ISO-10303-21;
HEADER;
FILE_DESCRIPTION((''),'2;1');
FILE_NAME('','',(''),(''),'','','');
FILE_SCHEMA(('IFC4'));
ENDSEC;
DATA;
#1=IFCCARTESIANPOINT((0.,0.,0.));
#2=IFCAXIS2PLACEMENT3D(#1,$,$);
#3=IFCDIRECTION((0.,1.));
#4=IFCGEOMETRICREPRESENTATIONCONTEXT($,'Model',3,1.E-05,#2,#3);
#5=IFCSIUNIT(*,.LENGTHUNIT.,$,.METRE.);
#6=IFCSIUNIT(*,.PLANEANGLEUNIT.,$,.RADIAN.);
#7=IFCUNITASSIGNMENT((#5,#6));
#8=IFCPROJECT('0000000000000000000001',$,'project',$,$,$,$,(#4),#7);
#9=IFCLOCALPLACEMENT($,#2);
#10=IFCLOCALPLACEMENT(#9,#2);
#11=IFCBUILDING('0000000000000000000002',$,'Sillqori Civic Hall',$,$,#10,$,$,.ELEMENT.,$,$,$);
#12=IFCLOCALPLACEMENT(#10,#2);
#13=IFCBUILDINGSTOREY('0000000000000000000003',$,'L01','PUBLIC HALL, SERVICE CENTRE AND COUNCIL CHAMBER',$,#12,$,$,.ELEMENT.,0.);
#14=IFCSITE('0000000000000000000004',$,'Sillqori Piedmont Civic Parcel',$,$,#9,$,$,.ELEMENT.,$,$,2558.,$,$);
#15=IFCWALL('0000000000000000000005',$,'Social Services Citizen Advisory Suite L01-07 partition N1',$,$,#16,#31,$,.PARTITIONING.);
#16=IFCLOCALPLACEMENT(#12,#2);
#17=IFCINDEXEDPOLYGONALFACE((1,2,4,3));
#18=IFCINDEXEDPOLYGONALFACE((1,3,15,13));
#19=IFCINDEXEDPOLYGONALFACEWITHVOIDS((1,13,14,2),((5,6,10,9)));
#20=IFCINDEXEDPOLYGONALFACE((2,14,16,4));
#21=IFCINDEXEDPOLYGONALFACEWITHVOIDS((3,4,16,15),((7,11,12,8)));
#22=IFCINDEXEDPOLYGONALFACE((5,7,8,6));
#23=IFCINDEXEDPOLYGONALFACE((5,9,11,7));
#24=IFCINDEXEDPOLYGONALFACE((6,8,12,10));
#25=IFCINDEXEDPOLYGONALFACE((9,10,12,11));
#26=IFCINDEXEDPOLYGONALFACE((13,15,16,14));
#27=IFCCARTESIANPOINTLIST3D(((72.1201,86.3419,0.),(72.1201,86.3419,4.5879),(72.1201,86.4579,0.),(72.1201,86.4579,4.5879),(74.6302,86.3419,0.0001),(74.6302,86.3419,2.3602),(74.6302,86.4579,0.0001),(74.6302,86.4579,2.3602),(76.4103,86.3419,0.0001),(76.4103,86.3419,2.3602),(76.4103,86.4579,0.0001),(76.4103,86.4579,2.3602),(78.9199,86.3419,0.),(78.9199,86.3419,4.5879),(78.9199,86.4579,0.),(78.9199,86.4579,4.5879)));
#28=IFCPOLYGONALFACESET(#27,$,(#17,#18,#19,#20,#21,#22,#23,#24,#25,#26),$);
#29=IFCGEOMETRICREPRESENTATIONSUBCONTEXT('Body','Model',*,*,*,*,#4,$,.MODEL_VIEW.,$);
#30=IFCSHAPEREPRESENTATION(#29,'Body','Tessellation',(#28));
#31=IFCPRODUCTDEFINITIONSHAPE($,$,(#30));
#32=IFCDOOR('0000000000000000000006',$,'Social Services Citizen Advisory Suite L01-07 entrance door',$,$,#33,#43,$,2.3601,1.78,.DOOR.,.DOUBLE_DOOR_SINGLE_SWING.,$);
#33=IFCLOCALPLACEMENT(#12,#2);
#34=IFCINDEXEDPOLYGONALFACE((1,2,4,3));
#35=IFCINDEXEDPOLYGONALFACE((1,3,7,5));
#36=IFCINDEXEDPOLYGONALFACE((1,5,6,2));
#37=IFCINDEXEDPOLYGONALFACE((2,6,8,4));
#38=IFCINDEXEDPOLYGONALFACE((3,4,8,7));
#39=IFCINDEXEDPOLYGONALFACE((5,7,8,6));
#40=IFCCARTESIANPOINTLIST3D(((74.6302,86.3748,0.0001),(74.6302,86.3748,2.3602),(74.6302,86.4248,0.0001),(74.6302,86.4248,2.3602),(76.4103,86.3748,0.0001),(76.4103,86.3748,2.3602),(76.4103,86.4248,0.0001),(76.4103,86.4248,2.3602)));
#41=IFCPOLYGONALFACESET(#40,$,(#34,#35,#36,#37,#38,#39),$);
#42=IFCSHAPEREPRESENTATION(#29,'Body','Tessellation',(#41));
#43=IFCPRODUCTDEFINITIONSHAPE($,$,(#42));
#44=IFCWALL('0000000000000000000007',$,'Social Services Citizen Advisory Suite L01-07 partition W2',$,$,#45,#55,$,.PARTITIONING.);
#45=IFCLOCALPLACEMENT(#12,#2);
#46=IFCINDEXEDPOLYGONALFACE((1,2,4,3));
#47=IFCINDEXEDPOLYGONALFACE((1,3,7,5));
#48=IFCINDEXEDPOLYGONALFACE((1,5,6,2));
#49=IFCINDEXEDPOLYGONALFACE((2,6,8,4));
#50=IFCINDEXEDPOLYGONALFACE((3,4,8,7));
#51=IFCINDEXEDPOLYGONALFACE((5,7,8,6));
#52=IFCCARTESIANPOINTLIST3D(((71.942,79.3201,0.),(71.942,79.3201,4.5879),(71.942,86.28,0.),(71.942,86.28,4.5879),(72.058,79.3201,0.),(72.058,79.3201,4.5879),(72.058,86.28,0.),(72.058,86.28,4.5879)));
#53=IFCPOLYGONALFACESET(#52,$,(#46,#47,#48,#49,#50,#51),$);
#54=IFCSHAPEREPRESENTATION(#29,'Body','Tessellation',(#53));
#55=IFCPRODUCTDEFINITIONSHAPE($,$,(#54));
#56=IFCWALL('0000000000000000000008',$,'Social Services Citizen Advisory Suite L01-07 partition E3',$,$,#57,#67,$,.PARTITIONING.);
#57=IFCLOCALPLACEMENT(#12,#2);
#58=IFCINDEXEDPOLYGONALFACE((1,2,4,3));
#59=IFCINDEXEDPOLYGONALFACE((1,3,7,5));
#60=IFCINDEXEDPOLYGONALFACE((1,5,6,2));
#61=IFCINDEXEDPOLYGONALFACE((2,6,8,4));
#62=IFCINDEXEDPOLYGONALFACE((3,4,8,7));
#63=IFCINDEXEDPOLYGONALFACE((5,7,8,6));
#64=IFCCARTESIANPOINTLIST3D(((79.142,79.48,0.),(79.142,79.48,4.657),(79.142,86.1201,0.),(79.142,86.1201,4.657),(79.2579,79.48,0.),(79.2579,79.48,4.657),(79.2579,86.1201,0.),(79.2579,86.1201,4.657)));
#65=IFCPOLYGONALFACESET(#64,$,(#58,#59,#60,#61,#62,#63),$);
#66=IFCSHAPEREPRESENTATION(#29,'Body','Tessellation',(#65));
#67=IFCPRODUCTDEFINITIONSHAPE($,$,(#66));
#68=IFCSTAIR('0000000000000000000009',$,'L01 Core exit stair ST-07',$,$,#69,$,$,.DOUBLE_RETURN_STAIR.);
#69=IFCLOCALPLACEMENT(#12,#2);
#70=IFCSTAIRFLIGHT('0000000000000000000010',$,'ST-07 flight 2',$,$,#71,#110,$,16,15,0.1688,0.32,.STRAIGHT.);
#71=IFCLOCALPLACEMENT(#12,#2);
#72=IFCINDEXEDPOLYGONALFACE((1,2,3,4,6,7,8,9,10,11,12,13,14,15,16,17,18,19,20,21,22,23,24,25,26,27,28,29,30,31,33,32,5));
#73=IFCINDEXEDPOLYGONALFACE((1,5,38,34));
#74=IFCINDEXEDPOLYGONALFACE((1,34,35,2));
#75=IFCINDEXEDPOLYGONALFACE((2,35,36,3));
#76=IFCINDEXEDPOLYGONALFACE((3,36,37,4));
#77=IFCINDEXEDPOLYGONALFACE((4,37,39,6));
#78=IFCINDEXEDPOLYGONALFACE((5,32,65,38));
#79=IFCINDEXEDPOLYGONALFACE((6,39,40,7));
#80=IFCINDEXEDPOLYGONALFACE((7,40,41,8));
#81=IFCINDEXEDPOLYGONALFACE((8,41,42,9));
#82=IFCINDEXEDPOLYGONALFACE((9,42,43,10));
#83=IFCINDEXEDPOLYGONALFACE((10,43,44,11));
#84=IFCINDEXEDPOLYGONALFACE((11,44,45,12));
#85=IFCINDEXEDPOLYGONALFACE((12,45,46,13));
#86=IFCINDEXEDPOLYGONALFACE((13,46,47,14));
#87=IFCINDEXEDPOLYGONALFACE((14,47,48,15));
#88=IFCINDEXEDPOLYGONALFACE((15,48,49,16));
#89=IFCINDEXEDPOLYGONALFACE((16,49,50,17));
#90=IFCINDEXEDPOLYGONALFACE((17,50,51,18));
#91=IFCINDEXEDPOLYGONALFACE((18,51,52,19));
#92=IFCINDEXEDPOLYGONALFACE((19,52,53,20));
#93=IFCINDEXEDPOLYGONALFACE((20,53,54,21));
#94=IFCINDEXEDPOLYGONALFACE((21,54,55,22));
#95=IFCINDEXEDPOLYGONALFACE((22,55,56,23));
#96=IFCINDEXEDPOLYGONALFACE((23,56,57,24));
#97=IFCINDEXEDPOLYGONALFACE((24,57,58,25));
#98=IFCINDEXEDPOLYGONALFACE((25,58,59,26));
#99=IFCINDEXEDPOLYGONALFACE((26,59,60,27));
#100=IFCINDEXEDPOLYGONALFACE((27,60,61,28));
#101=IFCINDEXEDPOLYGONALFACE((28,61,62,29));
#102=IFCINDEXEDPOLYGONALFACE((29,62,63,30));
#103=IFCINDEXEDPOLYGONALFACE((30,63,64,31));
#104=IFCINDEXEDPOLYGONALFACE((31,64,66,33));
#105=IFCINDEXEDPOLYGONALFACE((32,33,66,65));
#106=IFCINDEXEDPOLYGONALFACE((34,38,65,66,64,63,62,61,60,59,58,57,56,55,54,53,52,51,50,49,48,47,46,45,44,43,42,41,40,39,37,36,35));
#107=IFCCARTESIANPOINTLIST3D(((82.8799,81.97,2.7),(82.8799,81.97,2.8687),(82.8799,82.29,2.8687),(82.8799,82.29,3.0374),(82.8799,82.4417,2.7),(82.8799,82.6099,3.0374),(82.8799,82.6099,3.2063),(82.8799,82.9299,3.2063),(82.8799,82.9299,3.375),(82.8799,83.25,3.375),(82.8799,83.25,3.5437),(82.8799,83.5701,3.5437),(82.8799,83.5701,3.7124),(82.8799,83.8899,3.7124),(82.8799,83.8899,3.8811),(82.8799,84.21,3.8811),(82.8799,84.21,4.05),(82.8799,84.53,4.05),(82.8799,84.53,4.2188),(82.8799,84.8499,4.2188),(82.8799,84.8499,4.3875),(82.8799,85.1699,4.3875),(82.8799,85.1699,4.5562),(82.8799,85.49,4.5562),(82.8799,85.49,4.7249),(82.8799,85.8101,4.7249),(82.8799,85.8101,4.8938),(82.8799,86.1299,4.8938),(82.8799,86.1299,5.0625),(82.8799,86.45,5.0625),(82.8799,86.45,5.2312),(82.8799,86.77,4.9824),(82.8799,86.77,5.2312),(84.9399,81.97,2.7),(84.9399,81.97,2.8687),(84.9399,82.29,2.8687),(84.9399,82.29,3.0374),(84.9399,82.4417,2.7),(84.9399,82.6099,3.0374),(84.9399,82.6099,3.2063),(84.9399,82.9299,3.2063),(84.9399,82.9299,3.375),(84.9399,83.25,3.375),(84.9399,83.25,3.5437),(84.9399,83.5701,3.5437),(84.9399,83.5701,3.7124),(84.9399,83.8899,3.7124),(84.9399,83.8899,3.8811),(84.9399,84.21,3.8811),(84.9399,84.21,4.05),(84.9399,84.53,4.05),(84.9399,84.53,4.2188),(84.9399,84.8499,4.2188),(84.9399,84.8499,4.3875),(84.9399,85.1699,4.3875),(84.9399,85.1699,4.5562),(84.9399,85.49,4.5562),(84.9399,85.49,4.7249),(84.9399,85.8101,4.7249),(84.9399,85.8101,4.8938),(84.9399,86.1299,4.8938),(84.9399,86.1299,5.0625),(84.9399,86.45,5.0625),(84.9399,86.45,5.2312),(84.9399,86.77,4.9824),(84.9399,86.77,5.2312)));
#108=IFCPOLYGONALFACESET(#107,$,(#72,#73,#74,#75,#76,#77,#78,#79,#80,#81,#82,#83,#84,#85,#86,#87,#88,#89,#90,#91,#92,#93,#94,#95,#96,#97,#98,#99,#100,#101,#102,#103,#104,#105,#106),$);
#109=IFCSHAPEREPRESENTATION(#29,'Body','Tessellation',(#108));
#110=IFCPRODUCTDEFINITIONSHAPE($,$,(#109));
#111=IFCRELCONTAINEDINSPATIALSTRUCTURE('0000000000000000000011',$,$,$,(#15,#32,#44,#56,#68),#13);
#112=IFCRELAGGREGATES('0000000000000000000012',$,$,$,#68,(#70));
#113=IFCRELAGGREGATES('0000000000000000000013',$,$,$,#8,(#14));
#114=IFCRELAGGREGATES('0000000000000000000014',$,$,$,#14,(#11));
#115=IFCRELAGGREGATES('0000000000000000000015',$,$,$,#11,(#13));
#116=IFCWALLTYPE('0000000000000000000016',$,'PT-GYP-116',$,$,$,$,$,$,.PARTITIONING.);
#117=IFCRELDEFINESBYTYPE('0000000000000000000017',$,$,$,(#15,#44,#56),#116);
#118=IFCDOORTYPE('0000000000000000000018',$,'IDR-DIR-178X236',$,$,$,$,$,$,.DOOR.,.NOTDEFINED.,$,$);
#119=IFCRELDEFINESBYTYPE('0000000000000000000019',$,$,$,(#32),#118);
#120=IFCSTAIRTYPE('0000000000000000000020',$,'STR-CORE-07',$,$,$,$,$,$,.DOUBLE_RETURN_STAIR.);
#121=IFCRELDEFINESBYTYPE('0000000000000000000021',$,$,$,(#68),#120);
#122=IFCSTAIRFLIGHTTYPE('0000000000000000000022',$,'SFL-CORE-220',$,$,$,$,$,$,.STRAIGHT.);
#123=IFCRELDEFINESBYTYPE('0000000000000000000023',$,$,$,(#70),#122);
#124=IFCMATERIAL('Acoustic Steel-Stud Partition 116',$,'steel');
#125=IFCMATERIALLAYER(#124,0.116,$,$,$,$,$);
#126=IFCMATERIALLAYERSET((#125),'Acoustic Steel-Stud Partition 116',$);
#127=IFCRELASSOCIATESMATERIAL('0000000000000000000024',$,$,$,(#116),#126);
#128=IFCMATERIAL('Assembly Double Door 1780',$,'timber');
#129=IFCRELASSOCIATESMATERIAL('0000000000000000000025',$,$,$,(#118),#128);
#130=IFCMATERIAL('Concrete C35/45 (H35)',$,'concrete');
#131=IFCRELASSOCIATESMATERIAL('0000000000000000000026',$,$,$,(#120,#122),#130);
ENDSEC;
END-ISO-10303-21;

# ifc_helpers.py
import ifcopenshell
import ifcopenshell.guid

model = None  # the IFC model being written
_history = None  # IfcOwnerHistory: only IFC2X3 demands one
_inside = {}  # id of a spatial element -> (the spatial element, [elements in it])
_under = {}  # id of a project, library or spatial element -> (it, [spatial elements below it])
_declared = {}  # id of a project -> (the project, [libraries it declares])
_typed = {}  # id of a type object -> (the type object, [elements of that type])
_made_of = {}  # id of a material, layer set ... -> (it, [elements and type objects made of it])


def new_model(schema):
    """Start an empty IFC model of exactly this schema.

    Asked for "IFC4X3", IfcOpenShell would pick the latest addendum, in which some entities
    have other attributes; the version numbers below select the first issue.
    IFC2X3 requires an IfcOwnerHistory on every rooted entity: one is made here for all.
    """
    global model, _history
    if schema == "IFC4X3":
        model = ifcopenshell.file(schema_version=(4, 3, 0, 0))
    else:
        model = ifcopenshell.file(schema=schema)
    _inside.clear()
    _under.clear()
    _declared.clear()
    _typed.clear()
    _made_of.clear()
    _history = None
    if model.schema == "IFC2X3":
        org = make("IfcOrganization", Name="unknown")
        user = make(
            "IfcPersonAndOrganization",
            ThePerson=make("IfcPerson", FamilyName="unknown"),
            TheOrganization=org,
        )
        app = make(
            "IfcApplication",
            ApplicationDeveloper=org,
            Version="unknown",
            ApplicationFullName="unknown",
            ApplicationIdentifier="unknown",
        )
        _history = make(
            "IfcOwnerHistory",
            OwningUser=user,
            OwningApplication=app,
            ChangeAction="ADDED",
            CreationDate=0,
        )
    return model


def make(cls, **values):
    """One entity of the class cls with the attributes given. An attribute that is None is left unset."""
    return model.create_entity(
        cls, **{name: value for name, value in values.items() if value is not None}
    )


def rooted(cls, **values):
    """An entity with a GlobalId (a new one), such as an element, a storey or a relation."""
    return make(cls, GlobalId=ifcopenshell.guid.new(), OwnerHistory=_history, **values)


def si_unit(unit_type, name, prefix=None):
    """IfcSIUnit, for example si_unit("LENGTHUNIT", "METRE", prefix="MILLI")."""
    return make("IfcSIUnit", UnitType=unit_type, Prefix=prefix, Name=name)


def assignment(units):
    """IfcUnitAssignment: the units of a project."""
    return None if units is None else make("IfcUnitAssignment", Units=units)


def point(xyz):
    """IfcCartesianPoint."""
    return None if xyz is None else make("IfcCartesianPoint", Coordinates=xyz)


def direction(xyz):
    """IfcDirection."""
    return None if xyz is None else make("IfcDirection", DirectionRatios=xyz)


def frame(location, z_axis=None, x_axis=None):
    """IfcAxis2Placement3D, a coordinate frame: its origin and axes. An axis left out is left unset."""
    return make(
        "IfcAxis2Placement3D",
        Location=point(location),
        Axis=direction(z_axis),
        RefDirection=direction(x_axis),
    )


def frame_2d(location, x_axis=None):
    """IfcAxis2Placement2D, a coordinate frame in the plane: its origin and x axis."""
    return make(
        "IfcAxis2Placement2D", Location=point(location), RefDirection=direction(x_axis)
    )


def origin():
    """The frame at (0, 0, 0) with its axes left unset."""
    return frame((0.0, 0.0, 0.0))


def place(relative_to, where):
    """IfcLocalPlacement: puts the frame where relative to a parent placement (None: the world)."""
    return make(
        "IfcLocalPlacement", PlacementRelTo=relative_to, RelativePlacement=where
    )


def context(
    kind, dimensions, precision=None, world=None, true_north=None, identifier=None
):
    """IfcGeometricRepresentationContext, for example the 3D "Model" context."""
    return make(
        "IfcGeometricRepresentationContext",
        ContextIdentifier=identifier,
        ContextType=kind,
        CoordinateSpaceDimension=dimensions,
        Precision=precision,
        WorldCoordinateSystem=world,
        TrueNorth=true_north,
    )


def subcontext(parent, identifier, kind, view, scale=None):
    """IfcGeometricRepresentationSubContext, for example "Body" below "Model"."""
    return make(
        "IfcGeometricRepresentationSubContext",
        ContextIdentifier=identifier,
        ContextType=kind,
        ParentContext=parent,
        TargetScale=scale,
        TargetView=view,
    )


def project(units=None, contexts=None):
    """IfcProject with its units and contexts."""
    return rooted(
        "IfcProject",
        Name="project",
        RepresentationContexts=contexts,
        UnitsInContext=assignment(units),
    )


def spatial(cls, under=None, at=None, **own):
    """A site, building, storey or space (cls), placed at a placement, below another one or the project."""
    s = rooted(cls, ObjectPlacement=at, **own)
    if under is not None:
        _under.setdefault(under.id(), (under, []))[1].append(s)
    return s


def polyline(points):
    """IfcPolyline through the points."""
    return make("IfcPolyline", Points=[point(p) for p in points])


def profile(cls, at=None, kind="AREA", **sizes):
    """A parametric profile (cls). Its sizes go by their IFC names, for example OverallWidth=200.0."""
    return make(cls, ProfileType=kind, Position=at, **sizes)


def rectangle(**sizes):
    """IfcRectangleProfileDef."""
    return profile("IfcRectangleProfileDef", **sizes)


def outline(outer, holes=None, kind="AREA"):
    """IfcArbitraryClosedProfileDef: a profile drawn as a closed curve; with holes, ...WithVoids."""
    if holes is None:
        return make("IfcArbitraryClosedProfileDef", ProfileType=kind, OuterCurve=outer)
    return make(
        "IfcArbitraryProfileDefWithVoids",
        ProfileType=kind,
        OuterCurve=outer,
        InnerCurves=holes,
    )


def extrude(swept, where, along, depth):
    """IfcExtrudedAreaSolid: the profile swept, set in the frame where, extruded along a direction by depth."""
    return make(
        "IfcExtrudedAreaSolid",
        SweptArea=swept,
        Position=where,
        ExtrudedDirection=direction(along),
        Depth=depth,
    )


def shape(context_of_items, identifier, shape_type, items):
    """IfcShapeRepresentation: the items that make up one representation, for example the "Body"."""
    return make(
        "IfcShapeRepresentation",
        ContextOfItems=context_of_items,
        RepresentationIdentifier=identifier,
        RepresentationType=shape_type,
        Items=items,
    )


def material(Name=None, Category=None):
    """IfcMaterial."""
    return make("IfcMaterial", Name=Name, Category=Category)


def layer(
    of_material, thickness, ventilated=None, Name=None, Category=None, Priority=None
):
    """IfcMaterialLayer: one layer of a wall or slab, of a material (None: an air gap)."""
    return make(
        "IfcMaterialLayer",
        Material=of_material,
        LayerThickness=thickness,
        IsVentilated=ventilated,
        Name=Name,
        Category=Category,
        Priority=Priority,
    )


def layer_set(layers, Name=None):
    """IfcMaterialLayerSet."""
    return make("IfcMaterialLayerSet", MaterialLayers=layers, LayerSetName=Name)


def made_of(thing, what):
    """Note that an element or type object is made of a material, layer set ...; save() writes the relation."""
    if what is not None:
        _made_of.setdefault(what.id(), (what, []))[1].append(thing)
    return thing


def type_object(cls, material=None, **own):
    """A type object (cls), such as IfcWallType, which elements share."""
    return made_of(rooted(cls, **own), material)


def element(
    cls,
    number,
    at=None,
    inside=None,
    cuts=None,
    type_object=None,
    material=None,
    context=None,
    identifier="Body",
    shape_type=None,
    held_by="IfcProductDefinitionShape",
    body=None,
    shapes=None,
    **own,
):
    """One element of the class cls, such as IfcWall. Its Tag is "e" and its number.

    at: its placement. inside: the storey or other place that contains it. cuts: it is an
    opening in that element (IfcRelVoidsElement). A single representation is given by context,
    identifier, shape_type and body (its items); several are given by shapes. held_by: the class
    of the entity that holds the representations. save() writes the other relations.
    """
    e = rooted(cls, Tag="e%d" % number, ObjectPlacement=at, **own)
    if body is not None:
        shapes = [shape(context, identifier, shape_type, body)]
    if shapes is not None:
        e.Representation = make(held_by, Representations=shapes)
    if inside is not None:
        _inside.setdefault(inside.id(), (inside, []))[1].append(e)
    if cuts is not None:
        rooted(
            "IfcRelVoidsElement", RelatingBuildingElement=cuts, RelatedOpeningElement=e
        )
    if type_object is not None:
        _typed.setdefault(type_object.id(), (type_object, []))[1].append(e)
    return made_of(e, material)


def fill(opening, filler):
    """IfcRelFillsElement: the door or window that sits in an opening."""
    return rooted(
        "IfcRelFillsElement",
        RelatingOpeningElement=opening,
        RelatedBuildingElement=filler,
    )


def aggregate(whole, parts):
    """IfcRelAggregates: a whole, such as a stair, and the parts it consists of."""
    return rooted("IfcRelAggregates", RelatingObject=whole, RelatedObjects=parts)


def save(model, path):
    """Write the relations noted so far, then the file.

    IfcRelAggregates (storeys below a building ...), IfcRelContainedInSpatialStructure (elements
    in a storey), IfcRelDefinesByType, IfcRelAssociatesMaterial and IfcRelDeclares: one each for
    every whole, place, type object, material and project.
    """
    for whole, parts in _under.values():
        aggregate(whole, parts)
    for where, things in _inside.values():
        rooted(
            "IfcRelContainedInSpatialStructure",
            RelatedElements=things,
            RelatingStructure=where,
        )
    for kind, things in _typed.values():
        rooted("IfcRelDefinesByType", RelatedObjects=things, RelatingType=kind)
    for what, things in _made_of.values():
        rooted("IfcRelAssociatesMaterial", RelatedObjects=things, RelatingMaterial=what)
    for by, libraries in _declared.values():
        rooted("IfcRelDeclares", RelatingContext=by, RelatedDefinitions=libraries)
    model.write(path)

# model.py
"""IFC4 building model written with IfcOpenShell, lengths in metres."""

from ifc_helpers import new_model, si_unit, direction, frame, frame_2d, origin, place, context, subcontext, project, spatial, polyline, rectangle, outline, extrude, material, layer, layer_set, type_object, element, fill, aggregate, save


model = new_model("IFC4")

# Units and contexts
model_context = context("Model", 3, precision=1e-05, world=origin(), true_north=direction((0.0, 1.0)))
body_context = subcontext(model_context, "Body", "Model", "MODEL_VIEW")
ifc_project = project(units=[si_unit("LENGTHUNIT", "METRE"), si_unit("PLANEANGLEUNIT", "RADIAN")], contexts=[model_context])

# Site, building, storey
site_placement = place(None, origin())
site = spatial("IfcSite", under=ifc_project, at=site_placement, Name="Sillqori Piedmont Civic Parcel", CompositionType="ELEMENT", RefElevation=2558.0)
building_placement = place(site_placement, origin())
building = spatial("IfcBuilding", under=site, at=building_placement, Name="Sillqori Civic Hall", CompositionType="ELEMENT")
storey_placement = place(building_placement, origin())
storey = spatial("IfcBuildingStorey", under=building, at=storey_placement, Name="L01", Description="PUBLIC HALL, SERVICE CENTRE AND COUNCIL CHAMBER", CompositionType="ELEMENT", Elevation=0.0)

# Shared definitions
ifc_material_1 = material(Name="Concrete C35/45 (H35)", Category="concrete")

# Wall, opening, door
ifc_material_2 = material(Name="Acoustic Steel-Stud Partition 116", Category="steel")
ifc_layer_1 = layer(ifc_material_2, 0.116)
ifc_layer_set_1 = layer_set([ifc_layer_1], Name="Acoustic Steel-Stud Partition 116")
wall_type_1 = type_object("IfcWallType", Name="PT-GYP-116", PredefinedType="PARTITIONING", material=ifc_layer_set_1)
wall_1_placement = place(storey_placement, frame((72.1201, 86.3999, 0.0), z_axis=(0.0, 0.0, 1.0), x_axis=(1.0, 0.0, 0.0)))
wall_1 = element("IfcWall", 1, at=wall_1_placement, inside=storey, type_object=wall_type_1, Name="Social Services Citizen Advisory Suite L01-07 partition N1", PredefinedType="PARTITIONING", context=body_context, shape_type="SweptSolid", body=[
    extrude(rectangle(XDim=6.7998, YDim=0.116, at=frame_2d((3.3999, 0.0))), origin(), (0.0, 0.0, 1.0), 4.5879),
])
opening_placement = place(wall_1_placement, frame((2.51, 0.0, 0.0)))
opening = element("IfcOpeningElement", 2, at=opening_placement, cuts=wall_1, PredefinedType="OPENING", context=body_context, shape_type="SweptSolid", body=[
    extrude(rectangle(XDim=1.78, YDim=2.3601, at=frame_2d((0.8901, 1.1802))), frame((0.0, 0.0679, 0.0), z_axis=(0.0, -1.0, 0.0), x_axis=(1.0, 0.0, 0.0)), (0.0, 0.0, 1.0), 0.136),
])
ifc_material_3 = material(Name="Assembly Double Door 1780", Category="timber")
door_type = type_object("IfcDoorType", Name="IDR-DIR-178X236", OperationType="NOTDEFINED", PredefinedType="DOOR", material=ifc_material_3)
door_placement = place(opening_placement, origin())
door = element("IfcDoor", 3, at=door_placement, inside=storey, type_object=door_type, Name="Social Services Citizen Advisory Suite L01-07 entrance door", OperationType="DOUBLE_DOOR_SINGLE_SWING", OverallHeight=2.3601, OverallWidth=1.78, PredefinedType="DOOR", context=body_context, shape_type="SweptSolid", body=[
    extrude(rectangle(XDim=1.78, YDim=2.3601, at=frame_2d((0.8901, 1.1802))), frame((0.0, 0.0249, 0.0), z_axis=(0.0, -1.0, 0.0), x_axis=(1.0, 0.0, 0.0)), (0.0, 0.0, 1.0), 0.05),
])
fill(opening, door)

# Walls
wall_2_placement = place(storey_placement, frame((72.0, 79.3201, 0.0), z_axis=(0.0, 0.0, 1.0), x_axis=(0.0, 1.0, 0.0)))
element("IfcWall", 4, at=wall_2_placement, inside=storey, type_object=wall_type_1, Name="Social Services Citizen Advisory Suite L01-07 partition W2", PredefinedType="PARTITIONING", context=body_context, shape_type="SweptSolid", body=[
    extrude(rectangle(XDim=6.96, YDim=0.116, at=frame_2d((3.48, 0.0))), origin(), (0.0, 0.0, 1.0), 4.5879),
])
wall_3_placement = place(storey_placement, frame((79.2, 86.1201, 0.0), z_axis=(0.0, 0.0, 1.0), x_axis=(0.0, -1.0, 0.0)))
element("IfcWall", 5, at=wall_3_placement, inside=storey, type_object=wall_type_1, Name="Social Services Citizen Advisory Suite L01-07 partition E3", PredefinedType="PARTITIONING", context=body_context, shape_type="SweptSolid", body=[
    extrude(rectangle(XDim=6.6401, YDim=0.116, at=frame_2d((3.3201, 0.0))), origin(), (0.0, 0.0, 1.0), 4.657),
])

# Stair, stair flight
stair_type = type_object("IfcStairType", Name="STR-CORE-07", PredefinedType="DOUBLE_RETURN_STAIR", material=ifc_material_1)
stair_placement = place(storey_placement, origin())
stair = element("IfcStair", 6, at=stair_placement, inside=storey, type_object=stair_type, Name="L01 Core exit stair ST-07", PredefinedType="DOUBLE_RETURN_STAIR")
stair_flight_type = type_object("IfcStairFlightType", Name="SFL-CORE-220", PredefinedType="STRAIGHT", material=ifc_material_1)
stair_flight_placement = place(storey_placement, frame((83.9099, 81.97, 2.7), z_axis=(0.0, 0.0, 1.0), x_axis=(0.0, 1.0, 0.0)))
stair_flight = element("IfcStairFlight", 7, at=stair_flight_placement, type_object=stair_flight_type, Name="ST-07 flight 2", NumberOfRisers=16, NumberOfTreads=15, PredefinedType="STRAIGHT", RiserHeight=0.1688, TreadLength=0.32, context=body_context, shape_type="SweptSolid", body=[
    extrude(outline(polyline([(0.0, 0.0), (0.0, 0.1687), (0.3201, 0.1687), (0.3201, 0.3374), (0.6399, 0.3374), (0.6399, 0.5063), (0.96, 0.5063), (0.96, 0.675), (1.28, 0.675), (1.28, 0.8438), (1.6001, 0.8438), (1.6001, 1.0125), (1.9199, 1.0125), (1.9199, 1.1812), (2.24, 1.1812), (2.24, 1.3501), (2.5601, 1.3501), (2.5601, 1.5188), (2.8799, 1.5188), (2.8799, 1.6875), (3.2, 1.6875), (3.2, 1.8562), (3.52, 1.8562), (3.52, 2.0249), (3.8401, 2.0249), (3.8401, 2.1938), (4.1599, 2.1938), (4.1599, 2.3625), (4.48, 2.3625), (4.48, 2.5312), (4.8, 2.5312), (4.8, 2.7), (4.8, 2.2825), (0.4717, 0.0), (0.0, 0.0)])), frame((0.0, 1.03, 0.0), z_axis=(0.0, -1.0, 0.0), x_axis=(1.0, 0.0, 0.0)), (0.0, 0.0, 1.0), 2.0601),
])
aggregate(stair, [stair_flight])

save(model, "model.ifc")
